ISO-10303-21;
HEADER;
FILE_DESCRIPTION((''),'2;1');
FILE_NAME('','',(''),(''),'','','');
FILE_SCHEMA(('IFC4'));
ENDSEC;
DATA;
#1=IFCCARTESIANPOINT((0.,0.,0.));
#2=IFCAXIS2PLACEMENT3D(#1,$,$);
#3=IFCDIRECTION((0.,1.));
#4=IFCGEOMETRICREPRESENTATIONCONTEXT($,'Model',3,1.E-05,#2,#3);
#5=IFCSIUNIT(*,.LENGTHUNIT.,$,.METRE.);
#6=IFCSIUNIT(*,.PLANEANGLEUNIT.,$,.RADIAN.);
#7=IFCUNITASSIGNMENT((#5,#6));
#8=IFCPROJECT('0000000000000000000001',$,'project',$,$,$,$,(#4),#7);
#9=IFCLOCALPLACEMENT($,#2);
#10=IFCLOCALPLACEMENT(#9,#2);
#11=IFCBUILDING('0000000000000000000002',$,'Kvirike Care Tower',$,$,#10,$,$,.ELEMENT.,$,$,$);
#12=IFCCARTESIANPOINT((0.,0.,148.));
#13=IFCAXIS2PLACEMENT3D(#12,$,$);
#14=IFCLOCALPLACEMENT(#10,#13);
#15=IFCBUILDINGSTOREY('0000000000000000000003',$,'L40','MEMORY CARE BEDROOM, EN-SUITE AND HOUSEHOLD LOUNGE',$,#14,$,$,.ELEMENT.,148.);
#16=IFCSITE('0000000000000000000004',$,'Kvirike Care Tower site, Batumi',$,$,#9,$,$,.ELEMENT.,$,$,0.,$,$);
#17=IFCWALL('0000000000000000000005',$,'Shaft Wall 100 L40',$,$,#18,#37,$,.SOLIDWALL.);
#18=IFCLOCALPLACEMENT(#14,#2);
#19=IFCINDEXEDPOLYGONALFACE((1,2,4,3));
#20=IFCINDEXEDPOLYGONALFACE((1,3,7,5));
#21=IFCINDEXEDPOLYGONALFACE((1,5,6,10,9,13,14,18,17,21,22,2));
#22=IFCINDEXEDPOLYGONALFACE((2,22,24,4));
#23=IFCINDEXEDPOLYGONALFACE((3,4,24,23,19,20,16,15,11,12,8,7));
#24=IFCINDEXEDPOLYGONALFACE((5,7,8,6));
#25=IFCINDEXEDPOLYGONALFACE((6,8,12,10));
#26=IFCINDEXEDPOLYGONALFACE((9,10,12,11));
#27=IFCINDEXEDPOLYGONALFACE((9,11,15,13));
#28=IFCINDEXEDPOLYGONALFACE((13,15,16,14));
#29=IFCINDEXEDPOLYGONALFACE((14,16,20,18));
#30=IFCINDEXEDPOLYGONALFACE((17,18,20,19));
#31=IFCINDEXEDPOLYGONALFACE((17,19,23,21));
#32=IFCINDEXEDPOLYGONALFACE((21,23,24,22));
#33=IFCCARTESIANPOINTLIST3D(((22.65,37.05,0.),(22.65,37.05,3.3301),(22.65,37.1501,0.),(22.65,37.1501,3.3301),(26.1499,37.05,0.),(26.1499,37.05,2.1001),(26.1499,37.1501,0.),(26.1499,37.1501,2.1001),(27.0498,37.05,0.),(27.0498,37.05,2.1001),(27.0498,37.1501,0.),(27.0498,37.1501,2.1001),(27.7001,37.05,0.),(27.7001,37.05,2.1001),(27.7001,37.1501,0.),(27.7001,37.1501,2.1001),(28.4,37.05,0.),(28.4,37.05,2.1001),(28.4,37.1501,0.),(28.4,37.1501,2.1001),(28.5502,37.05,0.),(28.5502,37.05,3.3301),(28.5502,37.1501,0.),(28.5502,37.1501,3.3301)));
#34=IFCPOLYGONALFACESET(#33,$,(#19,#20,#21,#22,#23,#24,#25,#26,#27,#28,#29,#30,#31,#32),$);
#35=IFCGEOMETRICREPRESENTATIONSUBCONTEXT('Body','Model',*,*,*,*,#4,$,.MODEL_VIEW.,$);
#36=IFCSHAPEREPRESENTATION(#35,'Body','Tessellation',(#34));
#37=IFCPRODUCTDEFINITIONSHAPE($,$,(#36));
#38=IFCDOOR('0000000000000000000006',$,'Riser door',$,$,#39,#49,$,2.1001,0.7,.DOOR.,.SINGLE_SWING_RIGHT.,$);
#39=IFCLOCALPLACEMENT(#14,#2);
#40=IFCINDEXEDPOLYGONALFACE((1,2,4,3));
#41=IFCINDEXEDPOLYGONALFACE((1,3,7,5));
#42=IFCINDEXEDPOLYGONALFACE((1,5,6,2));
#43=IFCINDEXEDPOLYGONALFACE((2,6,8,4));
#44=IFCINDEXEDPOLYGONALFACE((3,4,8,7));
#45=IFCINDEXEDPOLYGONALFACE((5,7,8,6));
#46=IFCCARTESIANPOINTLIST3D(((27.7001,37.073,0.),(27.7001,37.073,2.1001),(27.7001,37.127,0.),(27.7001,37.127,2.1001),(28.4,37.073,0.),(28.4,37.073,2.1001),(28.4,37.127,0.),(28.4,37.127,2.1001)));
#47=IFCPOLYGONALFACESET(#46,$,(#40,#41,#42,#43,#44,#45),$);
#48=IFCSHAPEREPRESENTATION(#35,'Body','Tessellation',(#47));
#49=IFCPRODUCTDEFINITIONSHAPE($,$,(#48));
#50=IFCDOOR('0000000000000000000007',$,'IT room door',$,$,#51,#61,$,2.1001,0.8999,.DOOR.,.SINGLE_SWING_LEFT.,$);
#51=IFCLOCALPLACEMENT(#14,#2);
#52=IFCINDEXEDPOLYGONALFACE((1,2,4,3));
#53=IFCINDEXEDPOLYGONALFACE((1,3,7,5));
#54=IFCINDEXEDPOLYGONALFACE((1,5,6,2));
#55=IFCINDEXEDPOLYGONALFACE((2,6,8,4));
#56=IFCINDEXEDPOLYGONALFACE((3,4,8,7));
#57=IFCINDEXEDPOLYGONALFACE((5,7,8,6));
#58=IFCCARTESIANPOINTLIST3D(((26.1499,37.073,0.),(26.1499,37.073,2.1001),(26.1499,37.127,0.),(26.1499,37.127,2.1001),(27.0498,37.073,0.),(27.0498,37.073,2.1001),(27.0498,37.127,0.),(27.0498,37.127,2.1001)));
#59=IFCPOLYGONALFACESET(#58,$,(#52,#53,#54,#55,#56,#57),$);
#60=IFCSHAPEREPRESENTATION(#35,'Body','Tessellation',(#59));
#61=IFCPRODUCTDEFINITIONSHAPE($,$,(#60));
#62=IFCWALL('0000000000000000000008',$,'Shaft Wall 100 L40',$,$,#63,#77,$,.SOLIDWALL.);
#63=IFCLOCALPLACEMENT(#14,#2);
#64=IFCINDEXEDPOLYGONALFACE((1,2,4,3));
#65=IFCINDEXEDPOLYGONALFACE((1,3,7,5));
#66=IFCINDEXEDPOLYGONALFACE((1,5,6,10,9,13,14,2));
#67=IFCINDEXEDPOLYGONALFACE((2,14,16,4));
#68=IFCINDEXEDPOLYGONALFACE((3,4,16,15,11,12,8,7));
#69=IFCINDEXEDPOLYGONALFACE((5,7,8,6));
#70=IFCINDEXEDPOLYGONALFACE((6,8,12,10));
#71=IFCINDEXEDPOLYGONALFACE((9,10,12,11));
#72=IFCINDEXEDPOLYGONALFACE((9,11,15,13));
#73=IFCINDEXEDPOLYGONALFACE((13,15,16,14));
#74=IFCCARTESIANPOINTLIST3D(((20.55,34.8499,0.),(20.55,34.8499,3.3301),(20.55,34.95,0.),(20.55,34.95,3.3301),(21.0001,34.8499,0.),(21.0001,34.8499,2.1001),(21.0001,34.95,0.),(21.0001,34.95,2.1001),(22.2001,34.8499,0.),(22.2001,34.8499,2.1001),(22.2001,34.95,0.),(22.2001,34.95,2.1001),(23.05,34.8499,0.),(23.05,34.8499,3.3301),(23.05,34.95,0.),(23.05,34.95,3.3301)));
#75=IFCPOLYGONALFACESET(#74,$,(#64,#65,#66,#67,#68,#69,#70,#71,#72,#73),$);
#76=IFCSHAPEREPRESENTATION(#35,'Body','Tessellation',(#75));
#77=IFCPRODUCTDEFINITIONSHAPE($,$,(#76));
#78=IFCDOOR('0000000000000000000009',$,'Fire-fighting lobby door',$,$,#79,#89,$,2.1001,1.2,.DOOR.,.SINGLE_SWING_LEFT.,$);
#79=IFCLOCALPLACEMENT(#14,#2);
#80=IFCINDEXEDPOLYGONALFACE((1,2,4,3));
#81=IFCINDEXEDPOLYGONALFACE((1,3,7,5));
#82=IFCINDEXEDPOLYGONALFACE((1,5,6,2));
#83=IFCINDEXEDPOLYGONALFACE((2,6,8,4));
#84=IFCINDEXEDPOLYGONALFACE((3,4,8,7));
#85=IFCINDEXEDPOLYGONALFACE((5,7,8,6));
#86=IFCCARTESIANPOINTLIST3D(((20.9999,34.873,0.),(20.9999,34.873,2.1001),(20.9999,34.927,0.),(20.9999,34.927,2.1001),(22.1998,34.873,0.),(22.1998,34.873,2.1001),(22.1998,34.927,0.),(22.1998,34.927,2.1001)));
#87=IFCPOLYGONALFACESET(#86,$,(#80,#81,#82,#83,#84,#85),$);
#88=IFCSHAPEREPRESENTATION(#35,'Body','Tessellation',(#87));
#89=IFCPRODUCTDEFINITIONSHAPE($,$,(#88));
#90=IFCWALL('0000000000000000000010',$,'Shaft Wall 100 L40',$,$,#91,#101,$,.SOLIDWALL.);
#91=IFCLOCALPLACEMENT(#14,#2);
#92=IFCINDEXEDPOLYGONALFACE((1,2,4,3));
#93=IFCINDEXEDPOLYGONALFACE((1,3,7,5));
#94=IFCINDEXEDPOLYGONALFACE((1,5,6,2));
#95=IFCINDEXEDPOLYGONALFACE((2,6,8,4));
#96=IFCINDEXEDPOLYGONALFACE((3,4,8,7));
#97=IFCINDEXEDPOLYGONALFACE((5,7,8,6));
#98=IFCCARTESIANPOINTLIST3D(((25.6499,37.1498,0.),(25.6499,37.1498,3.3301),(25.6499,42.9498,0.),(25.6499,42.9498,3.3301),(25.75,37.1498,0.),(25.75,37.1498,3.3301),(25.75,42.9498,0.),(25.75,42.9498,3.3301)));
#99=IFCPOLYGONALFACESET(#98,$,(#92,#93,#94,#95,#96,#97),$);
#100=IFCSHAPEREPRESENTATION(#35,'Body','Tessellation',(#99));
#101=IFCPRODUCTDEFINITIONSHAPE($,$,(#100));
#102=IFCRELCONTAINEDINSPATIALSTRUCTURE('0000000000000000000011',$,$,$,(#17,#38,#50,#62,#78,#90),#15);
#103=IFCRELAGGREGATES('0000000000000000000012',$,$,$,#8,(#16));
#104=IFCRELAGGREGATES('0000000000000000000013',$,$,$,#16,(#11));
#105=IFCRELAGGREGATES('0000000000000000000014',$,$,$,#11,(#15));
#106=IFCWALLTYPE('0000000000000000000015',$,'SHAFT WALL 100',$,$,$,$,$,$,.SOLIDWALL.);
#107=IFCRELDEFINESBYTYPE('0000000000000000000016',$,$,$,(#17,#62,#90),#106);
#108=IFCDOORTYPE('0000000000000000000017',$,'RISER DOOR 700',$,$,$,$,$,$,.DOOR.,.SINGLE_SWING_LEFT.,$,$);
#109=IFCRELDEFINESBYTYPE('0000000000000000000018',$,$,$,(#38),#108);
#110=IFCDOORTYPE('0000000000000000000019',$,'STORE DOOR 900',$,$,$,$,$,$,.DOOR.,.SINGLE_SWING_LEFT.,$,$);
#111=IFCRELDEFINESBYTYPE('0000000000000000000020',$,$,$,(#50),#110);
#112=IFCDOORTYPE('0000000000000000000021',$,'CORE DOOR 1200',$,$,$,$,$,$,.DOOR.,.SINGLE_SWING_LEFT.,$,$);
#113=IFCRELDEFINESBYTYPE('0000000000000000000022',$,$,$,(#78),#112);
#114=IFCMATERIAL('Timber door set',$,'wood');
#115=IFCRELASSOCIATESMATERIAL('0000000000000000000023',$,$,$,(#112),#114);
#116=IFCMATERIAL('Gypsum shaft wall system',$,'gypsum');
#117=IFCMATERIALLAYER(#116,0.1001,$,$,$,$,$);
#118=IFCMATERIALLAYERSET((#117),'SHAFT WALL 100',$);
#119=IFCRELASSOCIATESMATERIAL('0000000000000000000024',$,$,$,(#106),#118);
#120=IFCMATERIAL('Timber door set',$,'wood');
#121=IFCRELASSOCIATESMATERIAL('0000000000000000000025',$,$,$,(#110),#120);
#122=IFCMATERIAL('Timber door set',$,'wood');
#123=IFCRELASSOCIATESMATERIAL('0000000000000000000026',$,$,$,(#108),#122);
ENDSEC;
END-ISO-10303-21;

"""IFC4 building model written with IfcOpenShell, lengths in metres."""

from ifc_helpers import new_model, si_unit, direction, frame, frame_2d, origin, place, context, subcontext, project, spatial, rectangle, extrude, material, layer, layer_set, type_object, element, fill, save


model = new_model("IFC4")

# Units and contexts
model_context = context("Model", 3, precision=1e-05, world=origin(), true_north=direction((0.0, 1.0)))
body_context = subcontext(model_context, "Body", "Model", "MODEL_VIEW")
ifc_project = project(units=[si_unit("LENGTHUNIT", "METRE"), si_unit("PLANEANGLEUNIT", "RADIAN")], contexts=[model_context])

# Site, building, storey
site_placement = place(None, origin())
site = spatial("IfcSite", under=ifc_project, at=site_placement, Name="Kvirike Care Tower site, Batumi", CompositionType="ELEMENT", RefElevation=0.0)
building_placement = place(site_placement, origin())
building = spatial("IfcBuilding", under=site, at=building_placement, Name="Kvirike Care Tower", CompositionType="ELEMENT")
storey_placement = place(building_placement, frame((0.0, 0.0, 148.0)))
storey = spatial("IfcBuildingStorey", under=building, at=storey_placement, Name="L40", Description="MEMORY CARE BEDROOM, EN-SUITE AND HOUSEHOLD LOUNGE", CompositionType="ELEMENT", Elevation=148.0)

# Shared definitions
ifc_material_1 = material(Name="Timber door set", Category="wood")
door_type_1 = type_object("IfcDoorType", Name="CORE DOOR 1200", OperationType="SINGLE_SWING_LEFT", PredefinedType="DOOR", material=ifc_material_1)

# Shared definitions
ifc_material_2 = material(Name="Gypsum shaft wall system", Category="gypsum")
ifc_layer_1 = layer(ifc_material_2, 0.1001)
ifc_layer_set_1 = layer_set([ifc_layer_1], Name="SHAFT WALL 100")
wall_type_1 = type_object("IfcWallType", Name="SHAFT WALL 100", PredefinedType="SOLIDWALL", material=ifc_layer_set_1)

# Shared definitions
ifc_material_3 = material(Name="Timber door set", Category="wood")
door_type_2 = type_object("IfcDoorType", Name="STORE DOOR 900", OperationType="SINGLE_SWING_LEFT", PredefinedType="DOOR", material=ifc_material_3)

# Wall, openings, doors
wall_1_placement = place(storey_placement, frame((22.6499, 37.1001, 0.0), z_axis=(0.0, 0.0, 1.0), x_axis=(1.0, 0.0, 0.0)))
wall_1 = element("IfcWall", 1, at=wall_1_placement, inside=storey, type_object=wall_type_1, Name="Shaft Wall 100 L40", PredefinedType="SOLIDWALL", context=body_context, shape_type="SweptSolid", body=[
    extrude(rectangle(XDim=5.9001, YDim=0.1001, at=frame_2d((2.9502, 0.0))), origin(), (0.0, 0.0, 1.0), 3.3301),
])
opening_1_placement = place(wall_1_placement, frame((3.5, 0.0, 0.0)))
opening_1 = element("IfcOpeningElement", 2, at=opening_1_placement, cuts=wall_1, PredefinedType="OPENING", context=body_context, shape_type="SweptSolid", body=[
    extrude(rectangle(XDim=0.8999, YDim=2.1001, at=frame_2d((0.45, 1.05))), frame((0.0, 0.0605, 0.0), z_axis=(0.0, -1.0, 0.0), x_axis=(1.0, 0.0, 0.0)), (0.0, 0.0, 1.0), 0.1211),
])
opening_2_placement = place(wall_1_placement, frame((5.05, 0.0, 0.0)))
opening_2 = element("IfcOpeningElement", 3, at=opening_2_placement, cuts=wall_1, PredefinedType="OPENING", context=body_context, shape_type="SweptSolid", body=[
    extrude(rectangle(XDim=0.7, YDim=2.1001, at=frame_2d((0.3501, 1.05))), frame((0.0, 0.0605, 0.0), z_axis=(0.0, -1.0, 0.0), x_axis=(1.0, 0.0, 0.0)), (0.0, 0.0, 1.0), 0.1211),
])
ifc_material_4 = material(Name="Timber door set", Category="wood")
door_type_3 = type_object("IfcDoorType", Name="RISER DOOR 700", OperationType="SINGLE_SWING_LEFT", PredefinedType="DOOR", material=ifc_material_4)
door_1_placement = place(opening_2_placement, origin())
door_1 = element("IfcDoor", 4, at=door_1_placement, inside=storey, type_object=door_type_3, Name="Riser door", OperationType="SINGLE_SWING_RIGHT", OverallHeight=2.1001, OverallWidth=0.7, PredefinedType="DOOR", context=body_context, shape_type="SweptSolid", body=[
    extrude(rectangle(XDim=0.7, YDim=2.1001, at=frame_2d((0.3501, 1.05))), frame((0.0, 0.0269, 0.0), z_axis=(0.0, -1.0, 0.0), x_axis=(1.0, 0.0, 0.0)), (0.0, 0.0, 1.0), 0.054),
])
fill(opening_2, door_1)
door_2_placement = place(opening_1_placement, origin())
door_2 = element("IfcDoor", 5, at=door_2_placement, inside=storey, type_object=door_type_2, Name="IT room door", OperationType="SINGLE_SWING_LEFT", OverallHeight=2.1001, OverallWidth=0.8999, PredefinedType="DOOR", context=body_context, shape_type="SweptSolid", body=[
    extrude(rectangle(XDim=0.8999, YDim=2.1001, at=frame_2d((0.45, 1.05))), frame((0.0, 0.0269, 0.0), z_axis=(0.0, -1.0, 0.0), x_axis=(1.0, 0.0, 0.0)), (0.0, 0.0, 1.0), 0.054),
])
fill(opening_1, door_2)

# Wall, opening, door
wall_2_placement = place(storey_placement, frame((20.55, 34.8999, 0.0), z_axis=(0.0, 0.0, 1.0), x_axis=(1.0, 0.0, 0.0)))
wall_2 = element("IfcWall", 6, at=wall_2_placement, inside=storey, type_object=wall_type_1, Name="Shaft Wall 100 L40", PredefinedType="SOLIDWALL", context=body_context, shape_type="SweptSolid", body=[
    extrude(rectangle(XDim=2.5, YDim=0.1001, at=frame_2d((1.25, 0.0))), origin(), (0.0, 0.0, 1.0), 3.3301),
])
opening_3_placement = place(wall_2_placement, frame((0.45, 0.0, 0.0)))
opening_3 = element("IfcOpeningElement", 7, at=opening_3_placement, cuts=wall_2, PredefinedType="OPENING", context=body_context, shape_type="SweptSolid", body=[
    extrude(rectangle(XDim=1.2, YDim=2.1001, at=frame_2d((0.6001, 1.05))), frame((0.0, 0.0605, 0.0), z_axis=(0.0, -1.0, 0.0), x_axis=(1.0, 0.0, 0.0)), (0.0, 0.0, 1.0), 0.1211),
])
door_3_placement = place(opening_3_placement, frame((1.2, 0.0, 0.0), z_axis=(0.0, 0.0, 1.0), x_axis=(-1.0, 0.0, 0.0)))
door_3 = element("IfcDoor", 8, at=door_3_placement, inside=storey, type_object=door_type_1, Name="Fire-fighting lobby door", OperationType="SINGLE_SWING_LEFT", OverallHeight=2.1001, OverallWidth=1.2, PredefinedType="DOOR", context=body_context, shape_type="SweptSolid", body=[
    extrude(rectangle(XDim=1.2, YDim=2.1001, at=frame_2d((0.6001, 1.05))), frame((0.0, 0.0269, 0.0), z_axis=(0.0, -1.0, 0.0), x_axis=(1.0, 0.0, 0.0)), (0.0, 0.0, 1.0), 0.054),
])
fill(opening_3, door_3)

# Wall
wall_3_placement = place(storey_placement, frame((25.7, 37.1499, 0.0), z_axis=(0.0, 0.0, 1.0), x_axis=(0.0, 1.0, 0.0)))
element("IfcWall", 9, at=wall_3_placement, inside=storey, type_object=wall_type_1, Name="Shaft Wall 100 L40", PredefinedType="SOLIDWALL", context=body_context, shape_type="SweptSolid", body=[
    extrude(rectangle(XDim=5.8, YDim=0.1001, at=frame_2d((2.8999, 0.0))), origin(), (0.0, 0.0, 1.0), 3.3301),
])

save(model, "model.ifc")
